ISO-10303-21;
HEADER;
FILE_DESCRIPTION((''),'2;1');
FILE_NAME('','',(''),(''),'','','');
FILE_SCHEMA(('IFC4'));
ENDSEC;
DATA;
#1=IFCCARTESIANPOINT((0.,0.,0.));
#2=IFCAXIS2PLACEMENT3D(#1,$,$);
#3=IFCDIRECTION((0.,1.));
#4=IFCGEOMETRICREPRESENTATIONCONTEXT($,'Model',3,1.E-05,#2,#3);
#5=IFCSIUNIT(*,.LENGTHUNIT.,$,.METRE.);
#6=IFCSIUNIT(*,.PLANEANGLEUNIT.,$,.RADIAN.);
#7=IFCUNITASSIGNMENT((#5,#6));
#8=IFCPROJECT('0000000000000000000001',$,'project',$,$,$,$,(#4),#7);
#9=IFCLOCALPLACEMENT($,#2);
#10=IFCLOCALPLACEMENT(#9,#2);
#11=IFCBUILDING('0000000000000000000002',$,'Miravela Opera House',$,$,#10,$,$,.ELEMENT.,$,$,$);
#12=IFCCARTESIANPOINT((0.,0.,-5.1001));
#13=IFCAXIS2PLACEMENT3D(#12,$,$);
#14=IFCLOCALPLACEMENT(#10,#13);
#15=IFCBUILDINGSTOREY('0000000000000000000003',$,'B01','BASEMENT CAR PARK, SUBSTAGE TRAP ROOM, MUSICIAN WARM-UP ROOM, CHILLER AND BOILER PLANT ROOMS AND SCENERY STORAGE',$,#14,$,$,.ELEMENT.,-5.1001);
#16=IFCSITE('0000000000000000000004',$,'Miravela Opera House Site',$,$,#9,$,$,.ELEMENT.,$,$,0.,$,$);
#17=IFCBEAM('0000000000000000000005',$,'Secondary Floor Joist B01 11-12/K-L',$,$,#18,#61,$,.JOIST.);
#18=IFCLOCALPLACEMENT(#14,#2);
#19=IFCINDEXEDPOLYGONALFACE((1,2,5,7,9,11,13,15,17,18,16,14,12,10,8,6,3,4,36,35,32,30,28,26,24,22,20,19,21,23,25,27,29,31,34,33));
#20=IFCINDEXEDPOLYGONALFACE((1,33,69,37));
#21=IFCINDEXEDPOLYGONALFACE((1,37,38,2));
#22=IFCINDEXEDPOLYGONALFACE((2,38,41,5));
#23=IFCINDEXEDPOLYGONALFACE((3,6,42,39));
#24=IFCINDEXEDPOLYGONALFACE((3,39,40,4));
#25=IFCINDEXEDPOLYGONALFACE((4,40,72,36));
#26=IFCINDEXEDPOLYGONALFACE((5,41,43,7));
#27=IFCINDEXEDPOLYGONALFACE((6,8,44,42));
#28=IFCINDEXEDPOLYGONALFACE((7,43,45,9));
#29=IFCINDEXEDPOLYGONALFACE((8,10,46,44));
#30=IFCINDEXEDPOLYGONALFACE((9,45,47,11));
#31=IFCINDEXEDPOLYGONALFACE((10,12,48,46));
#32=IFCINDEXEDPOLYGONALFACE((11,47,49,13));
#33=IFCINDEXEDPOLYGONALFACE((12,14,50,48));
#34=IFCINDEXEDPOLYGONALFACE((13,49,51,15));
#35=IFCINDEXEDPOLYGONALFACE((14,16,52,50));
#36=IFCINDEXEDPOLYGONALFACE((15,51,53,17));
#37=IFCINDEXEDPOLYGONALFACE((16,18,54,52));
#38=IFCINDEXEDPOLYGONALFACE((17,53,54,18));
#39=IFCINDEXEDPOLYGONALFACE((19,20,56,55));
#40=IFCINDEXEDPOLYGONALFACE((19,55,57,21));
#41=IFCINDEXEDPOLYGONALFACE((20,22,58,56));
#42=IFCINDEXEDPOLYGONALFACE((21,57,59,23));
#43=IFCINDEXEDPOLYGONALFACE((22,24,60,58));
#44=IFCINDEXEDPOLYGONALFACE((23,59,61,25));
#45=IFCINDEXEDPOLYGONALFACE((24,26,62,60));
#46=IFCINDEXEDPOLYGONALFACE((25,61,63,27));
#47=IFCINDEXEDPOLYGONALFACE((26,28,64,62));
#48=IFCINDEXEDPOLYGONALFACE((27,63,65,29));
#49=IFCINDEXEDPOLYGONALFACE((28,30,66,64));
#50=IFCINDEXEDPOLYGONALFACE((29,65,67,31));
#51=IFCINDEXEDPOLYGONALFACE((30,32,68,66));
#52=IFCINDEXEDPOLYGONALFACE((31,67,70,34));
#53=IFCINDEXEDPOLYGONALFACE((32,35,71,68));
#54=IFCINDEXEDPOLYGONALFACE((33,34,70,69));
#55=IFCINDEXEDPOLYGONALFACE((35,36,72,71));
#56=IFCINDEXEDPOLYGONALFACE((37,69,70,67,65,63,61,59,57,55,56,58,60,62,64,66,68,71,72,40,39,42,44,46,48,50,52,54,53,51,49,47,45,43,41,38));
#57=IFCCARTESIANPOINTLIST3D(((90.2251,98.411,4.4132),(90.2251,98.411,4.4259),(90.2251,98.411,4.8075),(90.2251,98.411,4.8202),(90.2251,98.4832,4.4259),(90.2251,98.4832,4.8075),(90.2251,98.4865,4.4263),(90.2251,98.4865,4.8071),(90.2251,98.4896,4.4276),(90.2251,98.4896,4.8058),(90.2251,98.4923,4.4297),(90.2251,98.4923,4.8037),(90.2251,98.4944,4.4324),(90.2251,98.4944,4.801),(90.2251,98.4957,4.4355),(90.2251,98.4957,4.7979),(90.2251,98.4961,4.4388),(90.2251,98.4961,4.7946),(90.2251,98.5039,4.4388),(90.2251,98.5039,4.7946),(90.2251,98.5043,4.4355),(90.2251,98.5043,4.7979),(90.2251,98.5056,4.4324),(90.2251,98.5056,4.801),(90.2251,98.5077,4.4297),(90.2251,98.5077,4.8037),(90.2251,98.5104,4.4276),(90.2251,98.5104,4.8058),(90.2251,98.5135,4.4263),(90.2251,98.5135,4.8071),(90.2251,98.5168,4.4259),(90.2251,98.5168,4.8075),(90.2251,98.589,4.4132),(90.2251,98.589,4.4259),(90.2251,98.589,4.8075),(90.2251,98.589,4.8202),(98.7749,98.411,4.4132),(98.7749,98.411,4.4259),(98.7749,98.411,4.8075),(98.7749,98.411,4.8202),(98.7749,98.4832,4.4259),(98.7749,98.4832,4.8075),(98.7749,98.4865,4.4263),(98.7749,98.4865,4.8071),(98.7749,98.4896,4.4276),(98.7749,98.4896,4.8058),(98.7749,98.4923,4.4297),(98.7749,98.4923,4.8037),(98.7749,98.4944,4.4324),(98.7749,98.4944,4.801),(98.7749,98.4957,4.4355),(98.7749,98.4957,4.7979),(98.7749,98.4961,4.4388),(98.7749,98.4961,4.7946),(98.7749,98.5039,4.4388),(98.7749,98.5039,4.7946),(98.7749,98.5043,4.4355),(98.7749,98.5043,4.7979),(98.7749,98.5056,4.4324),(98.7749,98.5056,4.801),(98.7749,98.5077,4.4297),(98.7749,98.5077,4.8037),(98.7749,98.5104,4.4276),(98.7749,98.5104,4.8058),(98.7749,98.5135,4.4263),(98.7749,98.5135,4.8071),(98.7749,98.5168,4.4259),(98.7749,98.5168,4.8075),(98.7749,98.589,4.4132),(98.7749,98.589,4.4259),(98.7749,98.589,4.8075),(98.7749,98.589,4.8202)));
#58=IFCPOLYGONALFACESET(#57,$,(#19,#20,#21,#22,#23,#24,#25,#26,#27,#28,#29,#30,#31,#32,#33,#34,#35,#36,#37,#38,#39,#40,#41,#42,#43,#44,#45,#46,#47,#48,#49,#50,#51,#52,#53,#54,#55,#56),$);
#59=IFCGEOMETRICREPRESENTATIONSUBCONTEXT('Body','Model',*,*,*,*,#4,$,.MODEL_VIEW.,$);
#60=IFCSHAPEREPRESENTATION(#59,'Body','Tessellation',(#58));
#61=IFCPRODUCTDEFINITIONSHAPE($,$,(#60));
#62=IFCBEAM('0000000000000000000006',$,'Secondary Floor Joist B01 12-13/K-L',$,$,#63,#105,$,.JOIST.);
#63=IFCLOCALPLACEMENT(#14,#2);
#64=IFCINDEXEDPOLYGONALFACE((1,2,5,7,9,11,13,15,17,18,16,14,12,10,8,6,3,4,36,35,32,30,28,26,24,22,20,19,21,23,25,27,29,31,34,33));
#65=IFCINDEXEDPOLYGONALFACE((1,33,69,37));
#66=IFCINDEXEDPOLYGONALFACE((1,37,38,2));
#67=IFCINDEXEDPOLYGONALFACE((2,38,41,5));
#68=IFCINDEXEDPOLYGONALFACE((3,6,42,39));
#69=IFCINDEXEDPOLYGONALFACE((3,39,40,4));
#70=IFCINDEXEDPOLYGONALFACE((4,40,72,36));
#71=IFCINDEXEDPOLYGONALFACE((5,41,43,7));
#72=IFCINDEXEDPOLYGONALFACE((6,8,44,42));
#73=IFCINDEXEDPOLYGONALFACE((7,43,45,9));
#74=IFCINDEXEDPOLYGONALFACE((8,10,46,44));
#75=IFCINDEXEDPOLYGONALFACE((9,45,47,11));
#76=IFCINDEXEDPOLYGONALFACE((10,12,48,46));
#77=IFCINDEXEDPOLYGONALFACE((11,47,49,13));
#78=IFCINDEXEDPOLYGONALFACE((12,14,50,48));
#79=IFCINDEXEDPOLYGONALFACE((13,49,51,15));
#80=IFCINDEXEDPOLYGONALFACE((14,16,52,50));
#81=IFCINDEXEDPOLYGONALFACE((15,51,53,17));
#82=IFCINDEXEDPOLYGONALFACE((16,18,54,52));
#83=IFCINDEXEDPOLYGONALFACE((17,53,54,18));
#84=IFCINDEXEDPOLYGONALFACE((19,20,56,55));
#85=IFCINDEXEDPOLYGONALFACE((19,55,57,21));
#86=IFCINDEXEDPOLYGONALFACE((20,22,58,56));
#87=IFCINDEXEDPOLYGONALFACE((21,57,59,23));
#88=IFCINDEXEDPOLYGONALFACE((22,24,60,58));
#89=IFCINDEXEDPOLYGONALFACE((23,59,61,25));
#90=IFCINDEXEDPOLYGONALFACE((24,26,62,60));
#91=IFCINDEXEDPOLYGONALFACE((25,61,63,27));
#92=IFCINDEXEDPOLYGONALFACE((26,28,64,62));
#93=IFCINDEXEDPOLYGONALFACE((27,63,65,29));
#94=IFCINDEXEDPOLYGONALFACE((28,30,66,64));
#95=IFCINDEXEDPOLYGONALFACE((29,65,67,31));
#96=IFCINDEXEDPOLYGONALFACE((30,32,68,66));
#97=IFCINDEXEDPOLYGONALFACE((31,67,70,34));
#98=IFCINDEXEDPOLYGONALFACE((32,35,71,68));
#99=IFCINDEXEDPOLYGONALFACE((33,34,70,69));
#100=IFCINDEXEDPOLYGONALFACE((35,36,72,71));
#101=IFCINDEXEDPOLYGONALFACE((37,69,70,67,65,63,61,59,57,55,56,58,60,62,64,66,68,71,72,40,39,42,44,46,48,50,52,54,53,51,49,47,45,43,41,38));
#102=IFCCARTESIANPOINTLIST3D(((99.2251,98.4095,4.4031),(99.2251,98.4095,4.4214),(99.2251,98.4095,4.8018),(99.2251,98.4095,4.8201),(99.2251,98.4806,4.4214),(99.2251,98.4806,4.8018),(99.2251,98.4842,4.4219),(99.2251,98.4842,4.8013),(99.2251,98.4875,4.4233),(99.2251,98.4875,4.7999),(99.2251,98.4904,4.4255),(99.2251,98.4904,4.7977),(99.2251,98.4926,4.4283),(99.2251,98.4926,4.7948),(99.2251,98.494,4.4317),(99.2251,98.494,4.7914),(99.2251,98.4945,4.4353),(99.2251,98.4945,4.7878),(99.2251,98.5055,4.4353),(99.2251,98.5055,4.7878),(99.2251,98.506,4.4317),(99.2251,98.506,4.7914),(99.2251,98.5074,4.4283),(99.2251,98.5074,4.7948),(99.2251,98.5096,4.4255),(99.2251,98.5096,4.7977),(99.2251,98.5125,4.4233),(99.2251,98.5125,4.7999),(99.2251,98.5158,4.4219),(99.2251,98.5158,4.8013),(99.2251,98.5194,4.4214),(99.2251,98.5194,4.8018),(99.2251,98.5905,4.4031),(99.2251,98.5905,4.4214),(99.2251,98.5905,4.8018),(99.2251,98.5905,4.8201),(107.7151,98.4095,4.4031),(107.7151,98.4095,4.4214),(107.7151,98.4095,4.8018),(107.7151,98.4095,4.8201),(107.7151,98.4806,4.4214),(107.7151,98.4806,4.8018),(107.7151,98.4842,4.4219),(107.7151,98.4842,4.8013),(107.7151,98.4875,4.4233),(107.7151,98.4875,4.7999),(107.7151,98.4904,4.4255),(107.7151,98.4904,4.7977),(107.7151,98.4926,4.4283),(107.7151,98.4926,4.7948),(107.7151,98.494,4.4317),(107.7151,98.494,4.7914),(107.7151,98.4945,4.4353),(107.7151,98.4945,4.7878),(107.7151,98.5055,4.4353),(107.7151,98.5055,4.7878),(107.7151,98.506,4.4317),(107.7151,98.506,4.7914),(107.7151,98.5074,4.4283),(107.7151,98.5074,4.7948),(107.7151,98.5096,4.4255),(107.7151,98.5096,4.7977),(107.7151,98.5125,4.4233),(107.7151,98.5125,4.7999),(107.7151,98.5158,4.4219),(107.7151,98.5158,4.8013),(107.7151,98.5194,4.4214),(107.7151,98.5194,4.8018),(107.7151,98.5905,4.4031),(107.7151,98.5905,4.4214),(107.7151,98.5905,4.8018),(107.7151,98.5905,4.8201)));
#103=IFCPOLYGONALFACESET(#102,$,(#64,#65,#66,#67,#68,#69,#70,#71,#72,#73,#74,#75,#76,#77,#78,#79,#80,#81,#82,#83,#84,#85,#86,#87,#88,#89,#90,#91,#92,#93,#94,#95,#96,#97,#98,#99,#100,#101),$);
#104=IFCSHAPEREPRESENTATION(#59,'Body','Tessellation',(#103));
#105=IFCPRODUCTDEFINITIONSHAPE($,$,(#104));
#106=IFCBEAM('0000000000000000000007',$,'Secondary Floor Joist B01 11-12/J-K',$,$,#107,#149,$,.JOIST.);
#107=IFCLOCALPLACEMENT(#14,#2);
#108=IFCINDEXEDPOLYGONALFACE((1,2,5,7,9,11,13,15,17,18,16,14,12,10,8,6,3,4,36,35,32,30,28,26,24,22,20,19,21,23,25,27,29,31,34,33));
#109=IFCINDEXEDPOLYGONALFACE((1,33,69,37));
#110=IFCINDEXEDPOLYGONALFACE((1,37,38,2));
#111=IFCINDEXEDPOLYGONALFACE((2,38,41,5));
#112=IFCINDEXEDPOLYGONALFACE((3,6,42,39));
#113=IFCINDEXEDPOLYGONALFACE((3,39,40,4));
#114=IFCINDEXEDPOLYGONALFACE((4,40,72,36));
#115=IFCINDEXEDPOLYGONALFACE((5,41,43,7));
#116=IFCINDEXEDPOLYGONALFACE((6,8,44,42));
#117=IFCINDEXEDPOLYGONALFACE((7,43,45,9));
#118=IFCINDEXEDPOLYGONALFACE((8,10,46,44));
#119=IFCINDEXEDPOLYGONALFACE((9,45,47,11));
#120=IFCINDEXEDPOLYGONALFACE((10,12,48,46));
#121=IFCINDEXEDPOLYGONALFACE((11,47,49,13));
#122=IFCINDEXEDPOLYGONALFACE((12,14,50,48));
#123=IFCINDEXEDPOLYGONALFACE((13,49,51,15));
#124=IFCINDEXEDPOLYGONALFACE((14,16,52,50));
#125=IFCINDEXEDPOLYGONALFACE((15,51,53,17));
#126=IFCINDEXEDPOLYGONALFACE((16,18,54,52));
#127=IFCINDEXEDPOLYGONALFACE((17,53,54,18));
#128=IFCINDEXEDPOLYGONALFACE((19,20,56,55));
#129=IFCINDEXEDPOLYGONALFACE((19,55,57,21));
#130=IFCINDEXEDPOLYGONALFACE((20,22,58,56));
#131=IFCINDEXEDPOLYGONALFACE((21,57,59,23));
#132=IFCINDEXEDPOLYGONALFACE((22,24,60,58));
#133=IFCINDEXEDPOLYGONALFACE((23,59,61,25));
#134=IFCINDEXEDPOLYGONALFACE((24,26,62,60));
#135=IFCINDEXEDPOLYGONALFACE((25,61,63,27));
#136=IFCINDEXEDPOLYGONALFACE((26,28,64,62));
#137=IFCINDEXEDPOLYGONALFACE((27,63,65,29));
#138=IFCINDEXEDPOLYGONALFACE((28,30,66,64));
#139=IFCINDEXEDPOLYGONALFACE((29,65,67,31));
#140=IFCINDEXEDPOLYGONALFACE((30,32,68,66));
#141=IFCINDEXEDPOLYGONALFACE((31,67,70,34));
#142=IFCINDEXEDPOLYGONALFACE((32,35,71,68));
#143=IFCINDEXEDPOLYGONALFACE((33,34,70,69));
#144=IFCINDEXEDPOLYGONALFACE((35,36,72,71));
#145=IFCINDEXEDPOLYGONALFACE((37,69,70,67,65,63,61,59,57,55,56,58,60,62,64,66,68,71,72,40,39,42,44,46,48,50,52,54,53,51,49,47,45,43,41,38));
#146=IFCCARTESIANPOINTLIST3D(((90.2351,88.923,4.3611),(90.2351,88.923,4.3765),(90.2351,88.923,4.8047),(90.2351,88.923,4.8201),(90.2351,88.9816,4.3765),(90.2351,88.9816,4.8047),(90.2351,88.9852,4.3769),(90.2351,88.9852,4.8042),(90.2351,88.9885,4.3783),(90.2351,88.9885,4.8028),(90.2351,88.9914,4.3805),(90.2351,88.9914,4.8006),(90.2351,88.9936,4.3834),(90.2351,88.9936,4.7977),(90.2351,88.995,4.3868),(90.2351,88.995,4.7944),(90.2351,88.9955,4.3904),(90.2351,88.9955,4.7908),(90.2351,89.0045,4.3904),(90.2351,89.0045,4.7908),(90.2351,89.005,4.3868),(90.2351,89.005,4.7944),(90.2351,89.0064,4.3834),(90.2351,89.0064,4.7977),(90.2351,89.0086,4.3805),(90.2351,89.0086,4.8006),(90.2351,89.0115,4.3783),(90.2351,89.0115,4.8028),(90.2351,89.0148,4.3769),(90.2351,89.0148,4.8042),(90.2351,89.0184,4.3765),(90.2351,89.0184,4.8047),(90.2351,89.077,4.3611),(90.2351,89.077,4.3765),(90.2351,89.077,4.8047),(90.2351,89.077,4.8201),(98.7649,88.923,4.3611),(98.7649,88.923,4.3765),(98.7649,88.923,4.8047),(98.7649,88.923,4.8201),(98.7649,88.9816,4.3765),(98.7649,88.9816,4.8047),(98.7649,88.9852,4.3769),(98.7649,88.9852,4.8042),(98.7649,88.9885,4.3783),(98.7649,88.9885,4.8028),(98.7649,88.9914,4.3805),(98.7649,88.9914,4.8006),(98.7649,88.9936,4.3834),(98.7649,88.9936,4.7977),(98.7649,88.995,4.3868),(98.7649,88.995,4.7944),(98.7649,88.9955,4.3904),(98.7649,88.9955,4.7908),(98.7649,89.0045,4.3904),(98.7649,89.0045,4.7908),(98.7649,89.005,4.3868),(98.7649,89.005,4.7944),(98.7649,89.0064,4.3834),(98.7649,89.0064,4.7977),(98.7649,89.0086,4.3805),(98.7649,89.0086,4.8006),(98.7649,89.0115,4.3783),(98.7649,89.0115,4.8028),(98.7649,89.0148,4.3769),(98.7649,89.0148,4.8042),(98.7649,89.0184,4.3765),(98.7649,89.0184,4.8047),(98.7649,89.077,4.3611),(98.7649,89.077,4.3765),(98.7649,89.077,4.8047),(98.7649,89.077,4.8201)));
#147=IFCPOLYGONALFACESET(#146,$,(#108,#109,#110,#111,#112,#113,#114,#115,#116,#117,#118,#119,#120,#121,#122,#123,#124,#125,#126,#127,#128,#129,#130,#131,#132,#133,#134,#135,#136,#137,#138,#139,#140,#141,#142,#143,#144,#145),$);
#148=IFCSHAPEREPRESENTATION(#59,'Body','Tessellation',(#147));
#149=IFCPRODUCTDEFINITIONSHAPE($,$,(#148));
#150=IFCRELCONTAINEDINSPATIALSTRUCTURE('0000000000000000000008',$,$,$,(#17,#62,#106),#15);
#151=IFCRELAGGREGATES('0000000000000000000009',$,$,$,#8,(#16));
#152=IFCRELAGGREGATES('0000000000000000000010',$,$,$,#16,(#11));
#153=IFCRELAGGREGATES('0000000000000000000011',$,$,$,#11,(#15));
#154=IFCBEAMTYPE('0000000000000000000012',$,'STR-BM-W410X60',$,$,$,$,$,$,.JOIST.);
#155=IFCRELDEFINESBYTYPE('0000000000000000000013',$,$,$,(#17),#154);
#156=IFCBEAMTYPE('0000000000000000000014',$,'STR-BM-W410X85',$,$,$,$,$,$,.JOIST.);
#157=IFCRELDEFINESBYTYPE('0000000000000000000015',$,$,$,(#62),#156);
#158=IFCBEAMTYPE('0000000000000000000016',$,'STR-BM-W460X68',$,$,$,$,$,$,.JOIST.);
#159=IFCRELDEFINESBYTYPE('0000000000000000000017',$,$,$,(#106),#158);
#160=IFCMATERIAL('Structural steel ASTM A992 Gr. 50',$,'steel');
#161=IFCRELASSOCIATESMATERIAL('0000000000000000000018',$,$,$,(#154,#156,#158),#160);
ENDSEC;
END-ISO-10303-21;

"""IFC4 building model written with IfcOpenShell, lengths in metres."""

from ifc_helpers import new_model, si_unit, direction, frame, origin, origin_2d, place, context, subcontext, project, spatial, i_section, extrude, material, material_profile, profile_set, type_object, element, save


model = new_model("IFC4")

# Units and contexts
model_context = context("Model", 3, precision=1e-05, world=origin(), true_north=direction((0.0, 1.0)))
body_context = subcontext(model_context, "Body", "Model", "MODEL_VIEW")
ifc_project = project(units=[si_unit("LENGTHUNIT", "METRE"), si_unit("PLANEANGLEUNIT", "RADIAN")], contexts=[model_context])

# Site, building, storey
site_placement = place(None, origin())
site = spatial("IfcSite", under=ifc_project, at=site_placement, Name="Miravela Opera House Site", CompositionType="ELEMENT", RefElevation=0.0)
building_placement = place(site_placement, origin())
building = spatial("IfcBuilding", under=site, at=building_placement, Name="Miravela Opera House", CompositionType="ELEMENT")
storey_placement = place(building_placement, frame((0.0, 0.0, -5.1001)))
storey = spatial("IfcBuildingStorey", under=building, at=storey_placement, Name="B01", Description="BASEMENT CAR PARK, SUBSTAGE TRAP ROOM, MUSICIAN WARM-UP ROOM, CHILLER AND BOILER PLANT ROOMS AND SCENERY STORAGE", CompositionType="ELEMENT", Elevation=-5.1001)

# Beams
ifc_material_1 = material(Name="Structural steel ASTM A992 Gr. 50", Category="steel")
ifc_material_profile_1 = material_profile(ifc_material_1, i_section(OverallWidth=0.178, OverallDepth=0.407, WebThickness=0.0078, FlangeThickness=0.0127, FilletRadius=0.0129, at=origin_2d()), Name="W410X60")
ifc_profile_set_1 = profile_set([ifc_material_profile_1])
beam_type_1 = type_object("IfcBeamType", Name="STR-BM-W410X60", PredefinedType="JOIST", material=ifc_profile_set_1)
beam_1_placement = place(storey_placement, frame((90.2251, 98.5, 4.6167), z_axis=(1.0, 0.0, 0.0), x_axis=(0.0, 1.0, 0.0)))
element("IfcBeam", 1, at=beam_1_placement, inside=storey, type_object=beam_type_1, Name="Secondary Floor Joist B01 11-12/K-L", PredefinedType="JOIST", context=body_context, shape_type="SweptSolid", body=[
    extrude(i_section(OverallWidth=0.178, OverallDepth=0.407, WebThickness=0.0078, FlangeThickness=0.0127, FilletRadius=0.0129, at=origin_2d()), origin(), (0.0, 0.0, 1.0), 8.5498),
])
ifc_material_profile_2 = material_profile(ifc_material_1, i_section(OverallWidth=0.1809, OverallDepth=0.417, WebThickness=0.011, FlangeThickness=0.0183, FilletRadius=0.0139, at=origin_2d()), Name="W410X85")
ifc_profile_set_2 = profile_set([ifc_material_profile_2])
beam_type_2 = type_object("IfcBeamType", Name="STR-BM-W410X85", PredefinedType="JOIST", material=ifc_profile_set_2)
beam_2_placement = place(storey_placement, frame((99.2251, 98.5, 4.6116), z_axis=(1.0, 0.0, 0.0), x_axis=(0.0, 1.0, 0.0)))
element("IfcBeam", 2, at=beam_2_placement, inside=storey, type_object=beam_type_2, Name="Secondary Floor Joist B01 12-13/K-L", PredefinedType="JOIST", context=body_context, shape_type="SweptSolid", body=[
    extrude(i_section(OverallWidth=0.1809, OverallDepth=0.417, WebThickness=0.011, FlangeThickness=0.0183, FilletRadius=0.0139, at=origin_2d()), origin(), (0.0, 0.0, 1.0), 8.49),
])
ifc_material_profile_3 = material_profile(ifc_material_1, i_section(OverallWidth=0.1541, OverallDepth=0.459, WebThickness=0.009, FlangeThickness=0.0154, FilletRadius=0.0139, at=origin_2d()), Name="W460X68")
ifc_profile_set_3 = profile_set([ifc_material_profile_3])
beam_type_3 = type_object("IfcBeamType", Name="STR-BM-W460X68", PredefinedType="JOIST", material=ifc_profile_set_3)
beam_3_placement = place(storey_placement, frame((90.2351, 89.0, 4.5906), z_axis=(1.0, 0.0, 0.0), x_axis=(0.0, 1.0, 0.0)))
element("IfcBeam", 3, at=beam_3_placement, inside=storey, type_object=beam_type_3, Name="Secondary Floor Joist B01 11-12/J-K", PredefinedType="JOIST", context=body_context, shape_type="SweptSolid", body=[
    extrude(i_section(OverallWidth=0.1541, OverallDepth=0.459, WebThickness=0.009, FlangeThickness=0.0154, FilletRadius=0.0139, at=origin_2d()), origin(), (0.0, 0.0, 1.0), 8.5298),
])

save(model, "model.ifc")
